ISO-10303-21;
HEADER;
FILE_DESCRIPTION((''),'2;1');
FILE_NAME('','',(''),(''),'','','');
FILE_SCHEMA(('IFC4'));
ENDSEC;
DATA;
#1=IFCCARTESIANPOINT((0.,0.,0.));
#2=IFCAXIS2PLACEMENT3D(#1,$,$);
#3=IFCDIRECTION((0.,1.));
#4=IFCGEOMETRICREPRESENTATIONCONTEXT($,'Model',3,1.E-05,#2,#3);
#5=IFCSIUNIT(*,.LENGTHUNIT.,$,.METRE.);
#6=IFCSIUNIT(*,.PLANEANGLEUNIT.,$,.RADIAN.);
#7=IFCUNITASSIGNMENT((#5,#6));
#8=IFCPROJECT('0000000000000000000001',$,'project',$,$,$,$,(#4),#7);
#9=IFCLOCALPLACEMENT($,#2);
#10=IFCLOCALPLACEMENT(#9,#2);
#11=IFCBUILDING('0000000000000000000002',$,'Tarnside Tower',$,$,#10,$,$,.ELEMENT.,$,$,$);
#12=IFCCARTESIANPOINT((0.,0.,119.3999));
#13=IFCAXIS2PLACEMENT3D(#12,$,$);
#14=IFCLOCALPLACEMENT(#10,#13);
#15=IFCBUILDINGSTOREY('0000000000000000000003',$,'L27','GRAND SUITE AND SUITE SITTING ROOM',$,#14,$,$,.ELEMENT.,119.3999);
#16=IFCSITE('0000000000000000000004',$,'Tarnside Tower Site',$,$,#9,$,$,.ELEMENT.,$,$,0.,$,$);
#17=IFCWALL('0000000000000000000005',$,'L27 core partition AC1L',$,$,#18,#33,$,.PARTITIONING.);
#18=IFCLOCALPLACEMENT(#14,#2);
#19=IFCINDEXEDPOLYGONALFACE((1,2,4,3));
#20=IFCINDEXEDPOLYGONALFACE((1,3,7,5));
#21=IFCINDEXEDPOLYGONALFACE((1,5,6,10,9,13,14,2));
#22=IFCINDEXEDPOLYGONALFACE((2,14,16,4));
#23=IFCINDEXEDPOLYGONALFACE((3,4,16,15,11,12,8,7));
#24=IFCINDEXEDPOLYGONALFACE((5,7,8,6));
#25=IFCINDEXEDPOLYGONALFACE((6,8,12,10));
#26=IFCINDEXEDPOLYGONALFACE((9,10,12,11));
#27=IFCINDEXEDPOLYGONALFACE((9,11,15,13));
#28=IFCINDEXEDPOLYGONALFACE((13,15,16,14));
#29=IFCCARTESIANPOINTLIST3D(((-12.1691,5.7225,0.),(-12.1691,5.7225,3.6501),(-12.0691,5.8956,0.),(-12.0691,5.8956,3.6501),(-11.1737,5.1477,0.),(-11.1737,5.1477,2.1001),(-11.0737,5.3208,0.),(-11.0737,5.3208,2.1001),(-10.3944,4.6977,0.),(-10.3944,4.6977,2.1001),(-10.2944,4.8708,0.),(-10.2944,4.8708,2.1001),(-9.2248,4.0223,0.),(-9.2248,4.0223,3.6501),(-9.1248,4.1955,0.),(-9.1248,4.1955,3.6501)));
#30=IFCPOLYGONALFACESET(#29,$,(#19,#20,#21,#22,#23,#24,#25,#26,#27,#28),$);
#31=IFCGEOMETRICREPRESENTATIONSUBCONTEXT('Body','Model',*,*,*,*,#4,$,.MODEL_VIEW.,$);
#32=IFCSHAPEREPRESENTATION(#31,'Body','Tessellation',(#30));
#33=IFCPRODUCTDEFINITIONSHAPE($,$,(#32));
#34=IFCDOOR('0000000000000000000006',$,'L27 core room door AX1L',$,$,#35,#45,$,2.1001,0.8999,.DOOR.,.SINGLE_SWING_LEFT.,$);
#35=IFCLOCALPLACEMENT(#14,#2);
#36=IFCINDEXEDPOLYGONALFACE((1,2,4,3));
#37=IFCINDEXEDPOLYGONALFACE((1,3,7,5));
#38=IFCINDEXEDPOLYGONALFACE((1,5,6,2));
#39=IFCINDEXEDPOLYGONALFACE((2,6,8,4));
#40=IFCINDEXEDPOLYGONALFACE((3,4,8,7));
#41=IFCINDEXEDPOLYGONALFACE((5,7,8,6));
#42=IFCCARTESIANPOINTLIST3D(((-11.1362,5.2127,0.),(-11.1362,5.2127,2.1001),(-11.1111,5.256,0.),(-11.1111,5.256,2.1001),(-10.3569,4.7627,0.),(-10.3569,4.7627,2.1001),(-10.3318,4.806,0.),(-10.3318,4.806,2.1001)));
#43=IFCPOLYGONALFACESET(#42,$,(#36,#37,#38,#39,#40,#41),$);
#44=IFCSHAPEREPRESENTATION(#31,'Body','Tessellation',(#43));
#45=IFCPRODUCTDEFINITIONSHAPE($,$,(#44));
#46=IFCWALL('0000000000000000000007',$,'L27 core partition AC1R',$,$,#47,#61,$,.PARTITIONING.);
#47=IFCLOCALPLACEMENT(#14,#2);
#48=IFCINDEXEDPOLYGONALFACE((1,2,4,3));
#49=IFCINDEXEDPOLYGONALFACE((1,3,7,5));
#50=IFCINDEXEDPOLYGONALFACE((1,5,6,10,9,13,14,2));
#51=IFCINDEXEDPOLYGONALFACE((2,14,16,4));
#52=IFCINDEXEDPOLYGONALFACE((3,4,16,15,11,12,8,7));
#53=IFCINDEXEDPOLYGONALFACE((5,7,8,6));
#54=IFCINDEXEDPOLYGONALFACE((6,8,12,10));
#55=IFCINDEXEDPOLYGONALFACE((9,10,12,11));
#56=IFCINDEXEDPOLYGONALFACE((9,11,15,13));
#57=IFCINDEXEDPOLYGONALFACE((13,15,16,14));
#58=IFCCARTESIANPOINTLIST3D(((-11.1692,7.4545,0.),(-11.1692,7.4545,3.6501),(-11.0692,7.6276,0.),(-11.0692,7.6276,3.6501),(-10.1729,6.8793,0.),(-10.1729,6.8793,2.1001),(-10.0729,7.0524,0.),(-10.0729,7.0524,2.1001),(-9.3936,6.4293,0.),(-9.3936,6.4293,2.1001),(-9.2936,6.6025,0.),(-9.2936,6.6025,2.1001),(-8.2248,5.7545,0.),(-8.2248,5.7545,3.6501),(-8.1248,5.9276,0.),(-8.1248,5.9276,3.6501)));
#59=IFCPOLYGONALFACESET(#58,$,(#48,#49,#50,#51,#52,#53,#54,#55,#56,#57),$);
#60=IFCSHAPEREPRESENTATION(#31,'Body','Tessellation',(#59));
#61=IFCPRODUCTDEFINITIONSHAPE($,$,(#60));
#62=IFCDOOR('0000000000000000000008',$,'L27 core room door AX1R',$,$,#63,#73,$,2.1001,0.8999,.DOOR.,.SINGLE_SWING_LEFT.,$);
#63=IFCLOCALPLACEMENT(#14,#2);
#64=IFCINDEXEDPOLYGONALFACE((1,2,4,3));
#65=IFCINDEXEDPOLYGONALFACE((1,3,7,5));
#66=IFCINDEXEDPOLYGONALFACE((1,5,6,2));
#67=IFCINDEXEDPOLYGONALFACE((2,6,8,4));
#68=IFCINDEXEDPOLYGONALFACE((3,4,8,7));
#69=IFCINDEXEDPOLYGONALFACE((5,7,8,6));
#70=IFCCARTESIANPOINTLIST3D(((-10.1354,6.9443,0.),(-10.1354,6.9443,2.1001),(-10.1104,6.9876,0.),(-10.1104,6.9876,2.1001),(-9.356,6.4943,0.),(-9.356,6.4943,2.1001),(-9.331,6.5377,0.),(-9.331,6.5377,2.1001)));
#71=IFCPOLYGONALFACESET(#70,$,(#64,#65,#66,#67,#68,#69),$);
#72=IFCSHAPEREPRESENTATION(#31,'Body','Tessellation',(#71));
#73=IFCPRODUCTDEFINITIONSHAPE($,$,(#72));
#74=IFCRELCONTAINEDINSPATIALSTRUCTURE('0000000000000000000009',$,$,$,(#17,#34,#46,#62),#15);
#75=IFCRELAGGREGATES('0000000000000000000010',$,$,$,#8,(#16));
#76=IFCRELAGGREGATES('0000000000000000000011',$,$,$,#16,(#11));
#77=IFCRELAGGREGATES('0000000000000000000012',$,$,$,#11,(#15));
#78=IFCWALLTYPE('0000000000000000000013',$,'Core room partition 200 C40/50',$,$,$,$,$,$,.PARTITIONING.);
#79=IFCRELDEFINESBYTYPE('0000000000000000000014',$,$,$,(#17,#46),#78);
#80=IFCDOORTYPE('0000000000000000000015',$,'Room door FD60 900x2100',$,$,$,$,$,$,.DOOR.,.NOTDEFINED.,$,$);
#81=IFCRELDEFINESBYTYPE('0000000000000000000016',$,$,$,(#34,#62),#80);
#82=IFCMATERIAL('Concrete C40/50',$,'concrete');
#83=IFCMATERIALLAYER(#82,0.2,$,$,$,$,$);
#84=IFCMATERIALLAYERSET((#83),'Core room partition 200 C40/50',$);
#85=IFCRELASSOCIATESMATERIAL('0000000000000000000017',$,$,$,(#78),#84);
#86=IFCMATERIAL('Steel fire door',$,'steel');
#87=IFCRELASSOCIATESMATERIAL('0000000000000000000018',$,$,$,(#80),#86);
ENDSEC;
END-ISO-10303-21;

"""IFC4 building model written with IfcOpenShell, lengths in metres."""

from ifc_helpers import new_model, si_unit, direction, frame, frame_2d, origin, place, context, subcontext, project, spatial, rectangle, extrude, material, layer, layer_set, type_object, element, fill, save


model = new_model("IFC4")

# Units and contexts
model_context = context("Model", 3, precision=1e-05, world=origin(), true_north=direction((0.0, 1.0)))
body_context = subcontext(model_context, "Body", "Model", "MODEL_VIEW")
ifc_project = project(units=[si_unit("LENGTHUNIT", "METRE"), si_unit("PLANEANGLEUNIT", "RADIAN")], contexts=[model_context])

# Site, building, storey
site_placement = place(None, origin())
site = spatial("IfcSite", under=ifc_project, at=site_placement, Name="Tarnside Tower Site", CompositionType="ELEMENT", RefElevation=0.0)
building_placement = place(site_placement, origin())
building = spatial("IfcBuilding", under=site, at=building_placement, Name="Tarnside Tower", CompositionType="ELEMENT")
storey_placement = place(building_placement, frame((0.0, 0.0, 119.3999)))
storey = spatial("IfcBuildingStorey", under=building, at=storey_placement, Name="L27", Description="GRAND SUITE AND SUITE SITTING ROOM", CompositionType="ELEMENT", Elevation=119.3999)

# Walls, openings, doors
ifc_material_1 = material(Name="Concrete C40/50", Category="concrete")
ifc_layer_1 = layer(ifc_material_1, 0.2)
ifc_layer_set_1 = layer_set([ifc_layer_1], Name="Core room partition 200 C40/50")
wall_type_1 = type_object("IfcWallType", Name="Core room partition 200 C40/50", PredefinedType="PARTITIONING", material=ifc_layer_set_1)
wall_1_placement = place(storey_placement, frame((-9.1748, 4.1089, 0.0), z_axis=(0.0, 0.0, 1.0), x_axis=(-0.865989, 0.500062, 0.0)))
wall_1 = element("IfcWall", 1, at=wall_1_placement, inside=storey, type_object=wall_type_1, Name="L27 core partition AC1L", PredefinedType="PARTITIONING", context=body_context, shape_type="SweptSolid", body=[
    extrude(rectangle(XDim=3.3999, YDim=0.2, at=frame_2d((1.7, 0.0))), origin(), (0.0, 0.0, 1.0), 3.6501),
])
opening_1_placement = place(wall_1_placement, frame((1.3506, 0.0, 0.0)))
opening_1 = element("IfcOpeningElement", 2, at=opening_1_placement, cuts=wall_1, PredefinedType="OPENING", context=body_context, shape_type="SweptSolid", body=[
    extrude(rectangle(XDim=0.8999, YDim=2.1001, at=frame_2d((0.45, 1.05))), frame((0.0, 0.1099, 0.0), z_axis=(0.0, -1.0, 0.0), x_axis=(1.0, 0.0, 0.0)), (0.0, 0.0, 1.0), 0.22),
])
ifc_material_2 = material(Name="Steel fire door", Category="steel")
door_type_1 = type_object("IfcDoorType", Name="Room door FD60 900x2100", OperationType="NOTDEFINED", PredefinedType="DOOR", material=ifc_material_2)
door_1_placement = place(opening_1_placement, origin())
door_1 = element("IfcDoor", 3, at=door_1_placement, inside=storey, type_object=door_type_1, Name="L27 core room door AX1L", OperationType="SINGLE_SWING_LEFT", OverallHeight=2.1001, OverallWidth=0.8999, PredefinedType="DOOR", context=body_context, shape_type="SweptSolid", body=[
    extrude(rectangle(XDim=0.8999, YDim=2.1001, at=frame_2d((0.45, 1.05))), frame((0.0, 0.0249, 0.0), z_axis=(0.0, -1.0, 0.0), x_axis=(1.0, 0.0, 0.0)), (0.0, 0.0, 1.0), 0.05),
])
fill(opening_1, door_1)
wall_2_placement = place(storey_placement, frame((-8.1748, 5.8411, 0.0), z_axis=(0.0, 0.0, 1.0), x_axis=(-0.866021, 0.500008, 0.0)))
wall_2 = element("IfcWall", 4, at=wall_2_placement, inside=storey, type_object=wall_type_1, Name="L27 core partition AC1R", PredefinedType="PARTITIONING", context=body_context, shape_type="SweptSolid", body=[
    extrude(rectangle(XDim=3.3999, YDim=0.2, at=frame_2d((1.7, 0.0))), origin(), (0.0, 0.0, 1.0), 3.6501),
])
opening_2_placement = place(wall_2_placement, frame((1.3496, 0.0, 0.0)))
opening_2 = element("IfcOpeningElement", 5, at=opening_2_placement, cuts=wall_2, PredefinedType="OPENING", context=body_context, shape_type="SweptSolid", body=[
    extrude(rectangle(XDim=0.8999, YDim=2.1001, at=frame_2d((0.45, 1.05))), frame((0.0, 0.1099, 0.0), z_axis=(0.0, -1.0, 0.0), x_axis=(1.0, 0.0, 0.0)), (0.0, 0.0, 1.0), 0.22),
])
door_2_placement = place(opening_2_placement, origin())
door_2 = element("IfcDoor", 6, at=door_2_placement, inside=storey, type_object=door_type_1, Name="L27 core room door AX1R", OperationType="SINGLE_SWING_LEFT", OverallHeight=2.1001, OverallWidth=0.8999, PredefinedType="DOOR", context=body_context, shape_type="SweptSolid", body=[
    extrude(rectangle(XDim=0.8999, YDim=2.1001, at=frame_2d((0.45, 1.05))), frame((0.0, 0.0249, 0.0), z_axis=(0.0, -1.0, 0.0), x_axis=(1.0, 0.0, 0.0)), (0.0, 0.0, 1.0), 0.05),
])
fill(opening_2, door_2)

save(model, "model.ifc")
